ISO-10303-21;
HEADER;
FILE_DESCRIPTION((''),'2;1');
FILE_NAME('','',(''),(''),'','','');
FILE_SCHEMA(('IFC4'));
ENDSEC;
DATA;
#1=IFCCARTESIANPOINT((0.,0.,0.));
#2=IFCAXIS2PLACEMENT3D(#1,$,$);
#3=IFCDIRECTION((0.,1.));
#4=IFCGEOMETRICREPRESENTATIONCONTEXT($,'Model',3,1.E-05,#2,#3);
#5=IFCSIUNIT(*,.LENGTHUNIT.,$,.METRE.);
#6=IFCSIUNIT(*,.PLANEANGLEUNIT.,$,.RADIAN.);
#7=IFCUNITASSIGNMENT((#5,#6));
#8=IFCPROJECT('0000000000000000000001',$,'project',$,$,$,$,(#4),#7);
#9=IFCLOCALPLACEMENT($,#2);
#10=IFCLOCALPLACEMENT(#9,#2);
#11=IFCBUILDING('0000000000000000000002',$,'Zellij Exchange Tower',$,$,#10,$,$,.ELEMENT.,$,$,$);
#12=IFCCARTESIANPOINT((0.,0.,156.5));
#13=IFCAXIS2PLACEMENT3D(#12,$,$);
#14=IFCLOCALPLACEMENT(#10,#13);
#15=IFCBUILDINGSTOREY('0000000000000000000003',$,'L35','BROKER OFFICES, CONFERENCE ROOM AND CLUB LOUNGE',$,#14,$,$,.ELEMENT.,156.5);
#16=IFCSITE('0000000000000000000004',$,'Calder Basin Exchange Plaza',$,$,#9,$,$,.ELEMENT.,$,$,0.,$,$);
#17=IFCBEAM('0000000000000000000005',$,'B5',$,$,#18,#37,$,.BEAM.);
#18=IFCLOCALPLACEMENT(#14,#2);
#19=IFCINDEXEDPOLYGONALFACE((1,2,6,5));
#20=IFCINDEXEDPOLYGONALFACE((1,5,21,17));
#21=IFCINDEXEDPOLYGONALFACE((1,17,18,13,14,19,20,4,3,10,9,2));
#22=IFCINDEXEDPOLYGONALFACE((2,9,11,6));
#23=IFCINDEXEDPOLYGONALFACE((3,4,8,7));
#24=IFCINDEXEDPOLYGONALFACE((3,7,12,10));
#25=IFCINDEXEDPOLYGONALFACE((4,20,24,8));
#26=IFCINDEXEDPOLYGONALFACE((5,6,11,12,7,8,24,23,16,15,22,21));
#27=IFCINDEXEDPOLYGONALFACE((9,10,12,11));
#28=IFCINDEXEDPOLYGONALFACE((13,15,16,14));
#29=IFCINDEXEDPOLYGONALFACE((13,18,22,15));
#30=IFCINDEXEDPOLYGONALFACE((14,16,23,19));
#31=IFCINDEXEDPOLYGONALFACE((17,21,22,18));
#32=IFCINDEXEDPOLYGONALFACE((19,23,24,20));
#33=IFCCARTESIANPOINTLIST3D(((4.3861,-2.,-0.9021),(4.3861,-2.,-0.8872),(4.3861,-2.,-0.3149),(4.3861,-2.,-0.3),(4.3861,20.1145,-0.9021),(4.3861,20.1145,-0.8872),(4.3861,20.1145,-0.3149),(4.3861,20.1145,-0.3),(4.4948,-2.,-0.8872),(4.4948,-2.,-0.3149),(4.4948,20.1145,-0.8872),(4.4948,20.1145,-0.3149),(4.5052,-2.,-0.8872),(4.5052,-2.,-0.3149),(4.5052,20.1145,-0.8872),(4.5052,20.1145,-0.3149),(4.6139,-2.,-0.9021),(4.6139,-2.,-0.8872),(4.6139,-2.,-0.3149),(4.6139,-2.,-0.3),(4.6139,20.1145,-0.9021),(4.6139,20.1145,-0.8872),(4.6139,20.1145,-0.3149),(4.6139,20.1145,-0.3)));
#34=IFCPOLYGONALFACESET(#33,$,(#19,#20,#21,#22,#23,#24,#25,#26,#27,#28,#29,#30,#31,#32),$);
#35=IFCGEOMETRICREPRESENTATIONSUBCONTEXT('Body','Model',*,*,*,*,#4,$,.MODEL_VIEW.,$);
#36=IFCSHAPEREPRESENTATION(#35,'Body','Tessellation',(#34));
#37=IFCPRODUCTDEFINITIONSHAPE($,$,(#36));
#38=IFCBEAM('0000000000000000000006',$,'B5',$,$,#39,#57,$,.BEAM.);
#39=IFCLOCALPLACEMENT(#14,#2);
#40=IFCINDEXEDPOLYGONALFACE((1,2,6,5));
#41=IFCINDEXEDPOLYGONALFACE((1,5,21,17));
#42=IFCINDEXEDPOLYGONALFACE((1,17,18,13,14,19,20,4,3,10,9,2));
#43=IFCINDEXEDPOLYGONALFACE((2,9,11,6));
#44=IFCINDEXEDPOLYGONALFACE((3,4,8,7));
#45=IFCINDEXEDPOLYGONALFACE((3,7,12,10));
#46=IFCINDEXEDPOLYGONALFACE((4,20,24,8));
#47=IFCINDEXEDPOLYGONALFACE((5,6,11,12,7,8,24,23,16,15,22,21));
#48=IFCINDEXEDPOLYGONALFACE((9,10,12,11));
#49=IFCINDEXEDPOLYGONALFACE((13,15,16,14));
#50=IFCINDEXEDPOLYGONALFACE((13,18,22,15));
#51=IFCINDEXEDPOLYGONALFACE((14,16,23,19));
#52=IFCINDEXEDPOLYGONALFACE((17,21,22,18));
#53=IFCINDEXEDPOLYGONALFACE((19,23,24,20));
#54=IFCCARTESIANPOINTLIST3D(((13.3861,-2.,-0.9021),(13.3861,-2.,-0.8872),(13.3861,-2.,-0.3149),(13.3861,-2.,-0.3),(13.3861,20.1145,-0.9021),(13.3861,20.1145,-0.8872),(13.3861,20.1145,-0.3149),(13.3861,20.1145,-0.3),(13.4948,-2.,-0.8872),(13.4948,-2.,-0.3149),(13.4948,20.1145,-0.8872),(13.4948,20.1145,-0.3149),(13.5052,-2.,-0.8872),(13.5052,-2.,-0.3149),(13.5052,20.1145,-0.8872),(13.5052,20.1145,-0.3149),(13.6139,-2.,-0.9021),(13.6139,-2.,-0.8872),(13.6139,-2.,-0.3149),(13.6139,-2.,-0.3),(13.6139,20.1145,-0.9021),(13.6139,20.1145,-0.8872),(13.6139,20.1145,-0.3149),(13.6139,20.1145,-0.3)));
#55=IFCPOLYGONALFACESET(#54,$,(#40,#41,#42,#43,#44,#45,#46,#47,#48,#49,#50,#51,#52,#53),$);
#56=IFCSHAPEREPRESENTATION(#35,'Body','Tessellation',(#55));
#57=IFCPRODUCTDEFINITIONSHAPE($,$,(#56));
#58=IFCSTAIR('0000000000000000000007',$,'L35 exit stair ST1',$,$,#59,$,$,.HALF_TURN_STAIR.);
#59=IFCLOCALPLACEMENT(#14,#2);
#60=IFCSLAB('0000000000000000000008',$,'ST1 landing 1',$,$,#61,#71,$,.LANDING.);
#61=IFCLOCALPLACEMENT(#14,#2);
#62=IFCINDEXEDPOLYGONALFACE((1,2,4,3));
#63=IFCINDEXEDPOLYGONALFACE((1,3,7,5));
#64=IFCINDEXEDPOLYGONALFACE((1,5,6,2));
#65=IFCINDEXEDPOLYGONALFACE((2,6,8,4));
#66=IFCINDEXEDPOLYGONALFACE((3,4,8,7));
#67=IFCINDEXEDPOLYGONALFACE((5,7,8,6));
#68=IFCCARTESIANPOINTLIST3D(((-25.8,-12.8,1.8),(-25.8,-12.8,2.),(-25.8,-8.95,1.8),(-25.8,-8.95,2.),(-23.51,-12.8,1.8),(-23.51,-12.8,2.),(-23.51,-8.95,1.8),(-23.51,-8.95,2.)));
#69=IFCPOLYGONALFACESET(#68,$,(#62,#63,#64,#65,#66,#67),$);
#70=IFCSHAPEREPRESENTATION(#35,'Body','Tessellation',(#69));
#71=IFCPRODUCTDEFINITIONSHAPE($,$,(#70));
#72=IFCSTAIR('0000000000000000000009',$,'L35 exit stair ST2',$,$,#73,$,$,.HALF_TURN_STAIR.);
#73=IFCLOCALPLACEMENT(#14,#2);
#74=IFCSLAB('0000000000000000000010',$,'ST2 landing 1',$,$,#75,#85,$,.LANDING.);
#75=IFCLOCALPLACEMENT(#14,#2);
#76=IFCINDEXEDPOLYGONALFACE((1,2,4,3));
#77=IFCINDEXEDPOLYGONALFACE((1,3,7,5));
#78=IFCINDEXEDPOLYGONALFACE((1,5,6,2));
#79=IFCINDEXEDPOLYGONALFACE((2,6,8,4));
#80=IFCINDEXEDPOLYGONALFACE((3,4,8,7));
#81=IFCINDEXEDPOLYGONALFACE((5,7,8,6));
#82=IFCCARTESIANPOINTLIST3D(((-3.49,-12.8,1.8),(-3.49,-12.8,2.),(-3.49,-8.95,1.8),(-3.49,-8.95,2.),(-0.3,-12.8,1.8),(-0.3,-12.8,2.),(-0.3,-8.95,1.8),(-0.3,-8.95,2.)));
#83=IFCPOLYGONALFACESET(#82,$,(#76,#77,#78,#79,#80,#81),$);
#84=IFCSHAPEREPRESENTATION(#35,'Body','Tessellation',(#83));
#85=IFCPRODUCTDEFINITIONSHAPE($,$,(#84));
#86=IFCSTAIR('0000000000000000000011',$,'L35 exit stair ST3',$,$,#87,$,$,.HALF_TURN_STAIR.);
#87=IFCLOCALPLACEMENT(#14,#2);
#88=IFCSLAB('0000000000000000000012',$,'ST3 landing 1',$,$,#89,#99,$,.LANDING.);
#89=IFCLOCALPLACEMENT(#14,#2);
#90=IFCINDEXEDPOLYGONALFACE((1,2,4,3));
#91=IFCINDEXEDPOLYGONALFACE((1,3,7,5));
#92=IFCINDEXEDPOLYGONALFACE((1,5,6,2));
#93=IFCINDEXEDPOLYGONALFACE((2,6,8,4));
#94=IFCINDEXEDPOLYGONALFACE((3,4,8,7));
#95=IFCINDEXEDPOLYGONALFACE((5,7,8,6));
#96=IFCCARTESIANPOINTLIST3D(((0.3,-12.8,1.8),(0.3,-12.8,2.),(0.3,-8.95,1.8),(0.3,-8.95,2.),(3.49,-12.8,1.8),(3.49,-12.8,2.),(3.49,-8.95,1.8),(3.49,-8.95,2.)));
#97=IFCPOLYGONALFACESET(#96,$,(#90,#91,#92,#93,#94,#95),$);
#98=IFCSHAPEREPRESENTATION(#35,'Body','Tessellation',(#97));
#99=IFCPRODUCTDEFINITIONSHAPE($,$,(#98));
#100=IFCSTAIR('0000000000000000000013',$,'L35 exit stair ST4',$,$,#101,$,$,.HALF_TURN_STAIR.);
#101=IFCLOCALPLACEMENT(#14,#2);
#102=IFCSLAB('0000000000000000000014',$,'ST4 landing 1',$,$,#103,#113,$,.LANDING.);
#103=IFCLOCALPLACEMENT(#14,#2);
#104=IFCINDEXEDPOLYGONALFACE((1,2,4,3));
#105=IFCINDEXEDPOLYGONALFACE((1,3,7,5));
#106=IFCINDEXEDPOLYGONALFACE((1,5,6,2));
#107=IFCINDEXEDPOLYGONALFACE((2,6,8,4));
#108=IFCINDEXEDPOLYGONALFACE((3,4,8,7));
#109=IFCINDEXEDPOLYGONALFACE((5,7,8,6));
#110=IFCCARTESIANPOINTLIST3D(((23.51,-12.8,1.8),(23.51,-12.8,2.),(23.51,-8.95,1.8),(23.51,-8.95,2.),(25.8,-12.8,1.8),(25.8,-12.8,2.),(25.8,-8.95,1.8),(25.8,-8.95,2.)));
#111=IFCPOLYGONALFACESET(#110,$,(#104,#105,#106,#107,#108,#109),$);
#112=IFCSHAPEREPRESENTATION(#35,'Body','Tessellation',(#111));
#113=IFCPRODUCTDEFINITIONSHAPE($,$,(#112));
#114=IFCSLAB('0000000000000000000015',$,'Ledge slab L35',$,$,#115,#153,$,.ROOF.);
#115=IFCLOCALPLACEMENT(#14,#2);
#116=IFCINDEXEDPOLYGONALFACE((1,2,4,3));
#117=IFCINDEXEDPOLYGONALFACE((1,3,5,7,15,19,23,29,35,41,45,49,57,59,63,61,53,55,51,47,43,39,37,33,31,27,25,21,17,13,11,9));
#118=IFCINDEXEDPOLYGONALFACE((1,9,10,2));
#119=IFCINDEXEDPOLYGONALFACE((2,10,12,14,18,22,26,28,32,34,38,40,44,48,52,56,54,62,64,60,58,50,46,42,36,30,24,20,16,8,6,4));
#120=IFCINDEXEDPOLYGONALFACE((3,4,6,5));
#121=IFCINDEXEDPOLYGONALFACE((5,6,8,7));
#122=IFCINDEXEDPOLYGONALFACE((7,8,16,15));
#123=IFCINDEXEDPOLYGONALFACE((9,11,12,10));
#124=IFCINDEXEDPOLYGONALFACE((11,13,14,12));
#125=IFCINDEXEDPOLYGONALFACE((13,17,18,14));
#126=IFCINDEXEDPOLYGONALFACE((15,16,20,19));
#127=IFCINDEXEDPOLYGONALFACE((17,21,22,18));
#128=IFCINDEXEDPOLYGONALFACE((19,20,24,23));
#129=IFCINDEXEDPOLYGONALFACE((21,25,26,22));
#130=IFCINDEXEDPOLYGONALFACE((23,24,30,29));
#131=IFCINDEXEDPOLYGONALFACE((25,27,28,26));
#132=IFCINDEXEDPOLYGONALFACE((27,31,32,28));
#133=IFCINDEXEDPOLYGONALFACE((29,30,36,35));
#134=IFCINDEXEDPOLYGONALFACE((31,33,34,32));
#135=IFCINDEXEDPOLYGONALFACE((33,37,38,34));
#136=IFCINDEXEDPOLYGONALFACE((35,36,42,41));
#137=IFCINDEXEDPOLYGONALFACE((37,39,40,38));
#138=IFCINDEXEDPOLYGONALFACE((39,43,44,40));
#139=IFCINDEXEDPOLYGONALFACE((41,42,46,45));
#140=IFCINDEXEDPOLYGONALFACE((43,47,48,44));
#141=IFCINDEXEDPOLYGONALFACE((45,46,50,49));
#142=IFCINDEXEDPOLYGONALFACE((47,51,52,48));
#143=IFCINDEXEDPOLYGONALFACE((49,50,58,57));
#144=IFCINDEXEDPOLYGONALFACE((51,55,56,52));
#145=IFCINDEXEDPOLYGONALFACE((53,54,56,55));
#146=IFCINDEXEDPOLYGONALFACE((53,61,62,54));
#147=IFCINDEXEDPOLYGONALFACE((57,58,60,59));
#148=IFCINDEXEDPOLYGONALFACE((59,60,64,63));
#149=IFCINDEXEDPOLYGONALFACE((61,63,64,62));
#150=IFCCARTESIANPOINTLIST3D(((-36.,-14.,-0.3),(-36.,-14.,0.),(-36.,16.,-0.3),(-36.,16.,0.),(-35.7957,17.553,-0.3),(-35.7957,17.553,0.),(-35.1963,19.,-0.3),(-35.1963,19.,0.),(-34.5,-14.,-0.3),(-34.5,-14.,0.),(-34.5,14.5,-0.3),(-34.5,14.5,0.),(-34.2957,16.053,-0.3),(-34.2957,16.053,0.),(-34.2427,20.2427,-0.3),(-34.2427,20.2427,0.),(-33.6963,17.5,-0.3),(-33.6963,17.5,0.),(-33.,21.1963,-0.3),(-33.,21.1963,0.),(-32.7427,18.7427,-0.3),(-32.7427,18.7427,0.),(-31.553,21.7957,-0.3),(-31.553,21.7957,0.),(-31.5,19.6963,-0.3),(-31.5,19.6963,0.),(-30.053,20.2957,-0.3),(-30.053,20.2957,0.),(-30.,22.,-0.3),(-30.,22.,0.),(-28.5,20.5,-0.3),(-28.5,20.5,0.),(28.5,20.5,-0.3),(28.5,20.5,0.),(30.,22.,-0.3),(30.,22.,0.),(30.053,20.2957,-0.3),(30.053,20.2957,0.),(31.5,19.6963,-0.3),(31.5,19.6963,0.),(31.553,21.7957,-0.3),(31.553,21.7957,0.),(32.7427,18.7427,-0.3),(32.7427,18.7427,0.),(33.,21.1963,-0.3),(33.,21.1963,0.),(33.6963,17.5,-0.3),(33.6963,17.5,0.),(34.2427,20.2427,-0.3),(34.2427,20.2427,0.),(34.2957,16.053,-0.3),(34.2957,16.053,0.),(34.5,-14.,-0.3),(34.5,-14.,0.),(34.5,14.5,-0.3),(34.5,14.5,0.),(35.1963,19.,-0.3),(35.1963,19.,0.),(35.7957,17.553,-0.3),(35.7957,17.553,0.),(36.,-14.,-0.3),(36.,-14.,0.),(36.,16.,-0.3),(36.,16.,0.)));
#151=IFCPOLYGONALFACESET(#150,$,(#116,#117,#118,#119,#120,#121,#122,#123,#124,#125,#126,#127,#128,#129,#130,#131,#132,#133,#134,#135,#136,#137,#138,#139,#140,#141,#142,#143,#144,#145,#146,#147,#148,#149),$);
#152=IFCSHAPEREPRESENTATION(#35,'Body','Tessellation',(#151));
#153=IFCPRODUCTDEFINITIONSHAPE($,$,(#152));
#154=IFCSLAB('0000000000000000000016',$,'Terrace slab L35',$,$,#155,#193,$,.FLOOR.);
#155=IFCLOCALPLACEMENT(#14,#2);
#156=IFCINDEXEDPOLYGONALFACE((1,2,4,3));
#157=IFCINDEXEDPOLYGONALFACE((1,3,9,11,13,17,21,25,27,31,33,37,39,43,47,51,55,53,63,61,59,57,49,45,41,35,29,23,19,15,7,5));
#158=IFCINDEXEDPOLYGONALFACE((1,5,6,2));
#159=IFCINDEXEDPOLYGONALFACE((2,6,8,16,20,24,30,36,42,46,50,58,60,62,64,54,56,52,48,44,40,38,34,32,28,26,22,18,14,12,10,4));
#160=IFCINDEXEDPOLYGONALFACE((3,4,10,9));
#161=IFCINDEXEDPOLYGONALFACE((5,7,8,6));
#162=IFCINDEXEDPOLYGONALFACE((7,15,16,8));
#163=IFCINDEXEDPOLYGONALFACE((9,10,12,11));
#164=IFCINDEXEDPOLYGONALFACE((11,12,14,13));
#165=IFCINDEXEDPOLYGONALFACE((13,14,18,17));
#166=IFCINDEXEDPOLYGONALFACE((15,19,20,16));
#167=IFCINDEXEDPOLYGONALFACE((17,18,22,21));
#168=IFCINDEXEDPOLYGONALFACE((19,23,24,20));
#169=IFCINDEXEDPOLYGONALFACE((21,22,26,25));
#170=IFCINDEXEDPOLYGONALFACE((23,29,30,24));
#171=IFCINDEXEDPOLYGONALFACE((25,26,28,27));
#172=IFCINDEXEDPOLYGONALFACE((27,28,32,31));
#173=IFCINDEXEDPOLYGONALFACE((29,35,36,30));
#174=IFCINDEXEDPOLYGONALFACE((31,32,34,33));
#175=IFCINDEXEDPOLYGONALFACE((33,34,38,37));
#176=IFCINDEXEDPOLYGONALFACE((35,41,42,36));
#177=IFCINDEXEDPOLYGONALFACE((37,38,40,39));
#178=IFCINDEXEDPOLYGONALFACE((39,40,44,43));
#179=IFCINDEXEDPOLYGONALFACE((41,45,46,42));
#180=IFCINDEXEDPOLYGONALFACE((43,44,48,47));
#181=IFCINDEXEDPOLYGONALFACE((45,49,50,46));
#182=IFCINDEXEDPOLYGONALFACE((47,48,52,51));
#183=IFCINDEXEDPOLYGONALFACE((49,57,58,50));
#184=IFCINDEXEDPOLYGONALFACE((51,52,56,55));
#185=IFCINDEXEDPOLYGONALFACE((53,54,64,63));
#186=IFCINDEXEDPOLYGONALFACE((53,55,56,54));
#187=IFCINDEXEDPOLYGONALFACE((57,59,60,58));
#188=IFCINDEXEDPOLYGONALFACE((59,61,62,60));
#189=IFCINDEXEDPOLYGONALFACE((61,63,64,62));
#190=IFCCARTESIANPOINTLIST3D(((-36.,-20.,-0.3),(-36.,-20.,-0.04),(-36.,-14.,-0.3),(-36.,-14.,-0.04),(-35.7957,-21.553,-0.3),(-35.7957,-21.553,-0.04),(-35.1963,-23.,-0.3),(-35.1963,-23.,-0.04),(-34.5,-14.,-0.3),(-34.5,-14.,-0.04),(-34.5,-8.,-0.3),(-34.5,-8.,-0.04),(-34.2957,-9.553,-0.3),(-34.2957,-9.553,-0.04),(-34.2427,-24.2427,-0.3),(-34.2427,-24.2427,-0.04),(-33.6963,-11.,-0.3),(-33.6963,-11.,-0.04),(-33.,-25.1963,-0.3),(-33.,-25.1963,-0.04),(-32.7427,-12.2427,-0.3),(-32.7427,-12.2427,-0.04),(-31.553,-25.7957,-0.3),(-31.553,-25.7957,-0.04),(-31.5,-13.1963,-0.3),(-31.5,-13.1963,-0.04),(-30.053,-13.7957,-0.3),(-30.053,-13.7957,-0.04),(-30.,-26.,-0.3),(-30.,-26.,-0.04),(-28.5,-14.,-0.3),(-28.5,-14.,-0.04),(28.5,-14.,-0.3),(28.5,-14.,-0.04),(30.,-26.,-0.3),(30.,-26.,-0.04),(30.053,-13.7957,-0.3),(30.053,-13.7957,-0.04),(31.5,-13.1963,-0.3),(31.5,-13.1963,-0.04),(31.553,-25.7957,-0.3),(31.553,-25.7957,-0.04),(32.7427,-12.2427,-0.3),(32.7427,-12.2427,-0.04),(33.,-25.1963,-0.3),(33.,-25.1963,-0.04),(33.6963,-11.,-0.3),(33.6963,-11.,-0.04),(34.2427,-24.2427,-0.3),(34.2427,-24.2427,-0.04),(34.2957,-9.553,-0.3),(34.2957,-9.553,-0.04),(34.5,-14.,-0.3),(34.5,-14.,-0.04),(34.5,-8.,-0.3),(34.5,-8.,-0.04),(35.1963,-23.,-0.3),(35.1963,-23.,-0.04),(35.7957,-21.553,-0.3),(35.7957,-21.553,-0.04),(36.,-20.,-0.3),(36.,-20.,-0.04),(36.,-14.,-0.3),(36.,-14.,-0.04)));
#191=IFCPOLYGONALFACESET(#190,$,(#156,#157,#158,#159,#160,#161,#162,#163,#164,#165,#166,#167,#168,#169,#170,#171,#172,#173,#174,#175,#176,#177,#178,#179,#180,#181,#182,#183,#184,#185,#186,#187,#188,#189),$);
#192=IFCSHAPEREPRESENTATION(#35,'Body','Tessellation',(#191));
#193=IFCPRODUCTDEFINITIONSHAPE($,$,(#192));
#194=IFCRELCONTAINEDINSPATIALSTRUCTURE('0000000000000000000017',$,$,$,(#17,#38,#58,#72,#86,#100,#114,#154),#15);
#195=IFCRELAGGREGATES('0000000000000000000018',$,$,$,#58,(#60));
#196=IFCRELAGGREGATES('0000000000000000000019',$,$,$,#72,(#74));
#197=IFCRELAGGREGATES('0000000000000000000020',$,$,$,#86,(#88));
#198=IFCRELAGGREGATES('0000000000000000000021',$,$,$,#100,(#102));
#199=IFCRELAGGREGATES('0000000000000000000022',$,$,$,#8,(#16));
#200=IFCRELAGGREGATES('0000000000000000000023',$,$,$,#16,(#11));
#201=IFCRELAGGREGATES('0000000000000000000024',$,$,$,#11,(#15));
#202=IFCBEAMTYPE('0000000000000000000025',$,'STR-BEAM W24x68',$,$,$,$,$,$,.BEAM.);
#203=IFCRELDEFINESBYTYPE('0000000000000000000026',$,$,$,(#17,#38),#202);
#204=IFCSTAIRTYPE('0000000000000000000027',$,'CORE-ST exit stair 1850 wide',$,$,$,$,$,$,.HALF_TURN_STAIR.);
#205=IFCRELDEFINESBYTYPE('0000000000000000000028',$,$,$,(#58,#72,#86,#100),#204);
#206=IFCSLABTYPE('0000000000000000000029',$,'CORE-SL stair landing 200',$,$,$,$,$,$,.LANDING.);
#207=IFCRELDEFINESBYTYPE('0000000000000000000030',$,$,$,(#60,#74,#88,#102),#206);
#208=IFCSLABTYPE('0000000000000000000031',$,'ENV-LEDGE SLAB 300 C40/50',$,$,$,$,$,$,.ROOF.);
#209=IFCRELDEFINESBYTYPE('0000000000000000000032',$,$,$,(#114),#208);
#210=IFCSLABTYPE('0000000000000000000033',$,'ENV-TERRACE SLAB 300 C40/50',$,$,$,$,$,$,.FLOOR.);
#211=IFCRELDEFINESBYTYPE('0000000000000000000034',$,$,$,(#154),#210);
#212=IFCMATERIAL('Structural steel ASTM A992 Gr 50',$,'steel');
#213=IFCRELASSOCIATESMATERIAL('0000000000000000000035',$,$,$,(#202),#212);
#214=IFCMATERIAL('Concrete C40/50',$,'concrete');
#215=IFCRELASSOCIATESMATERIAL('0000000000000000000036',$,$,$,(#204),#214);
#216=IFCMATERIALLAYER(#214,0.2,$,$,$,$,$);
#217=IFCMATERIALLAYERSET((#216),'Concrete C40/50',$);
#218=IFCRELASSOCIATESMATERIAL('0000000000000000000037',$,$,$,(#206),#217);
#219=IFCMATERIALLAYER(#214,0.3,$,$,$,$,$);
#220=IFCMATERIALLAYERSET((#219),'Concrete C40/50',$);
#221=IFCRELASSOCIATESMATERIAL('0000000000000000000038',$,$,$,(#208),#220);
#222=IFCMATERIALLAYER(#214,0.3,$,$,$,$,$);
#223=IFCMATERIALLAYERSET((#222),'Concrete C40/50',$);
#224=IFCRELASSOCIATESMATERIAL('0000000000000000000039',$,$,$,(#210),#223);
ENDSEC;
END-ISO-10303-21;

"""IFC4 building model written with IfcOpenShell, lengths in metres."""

from ifc_helpers import new_model, si_unit, direction, frame, origin, origin_2d, place, context, subcontext, project, spatial, polyline, i_section, outline, extrude, material, layer, layer_set, material_profile, profile_set, type_object, element, aggregate, save


model = new_model("IFC4")

# Units and contexts
model_context = context("Model", 3, precision=1e-05, world=origin(), true_north=direction((0.0, 1.0)))
body_context = subcontext(model_context, "Body", "Model", "MODEL_VIEW")
ifc_project = project(units=[si_unit("LENGTHUNIT", "METRE"), si_unit("PLANEANGLEUNIT", "RADIAN")], contexts=[model_context])

# Site, building, storey
site_placement = place(None, origin())
site = spatial("IfcSite", under=ifc_project, at=site_placement, Name="Calder Basin Exchange Plaza", CompositionType="ELEMENT", RefElevation=0.0)
building_placement = place(site_placement, origin())
building = spatial("IfcBuilding", under=site, at=building_placement, Name="Zellij Exchange Tower", CompositionType="ELEMENT")
storey_placement = place(building_placement, frame((0.0, 0.0, 156.5)))
storey = spatial("IfcBuildingStorey", under=building, at=storey_placement, Name="L35", Description="BROKER OFFICES, CONFERENCE ROOM AND CLUB LOUNGE", CompositionType="ELEMENT", Elevation=156.5)

# Beams
ifc_material_1 = material(Name="Structural steel ASTM A992 Gr 50", Category="steel")
ifc_material_profile = material_profile(ifc_material_1, i_section(OverallWidth=0.2278, OverallDepth=0.6021, WebThickness=0.0105, FlangeThickness=0.0149, at=origin_2d()), Name="W24x68")
ifc_profile_set = profile_set([ifc_material_profile], Name="Structural steel ASTM A992 Gr 50")
beam_type = type_object("IfcBeamType", Name="STR-BEAM W24x68", PredefinedType="BEAM", material=ifc_profile_set)
for number, where, z_axis, x_axis, name in (
    (1, (4.5, -2.0, -0.6011), (0.0, 1.0, 0.0), (-1.0, 0.0, 0.0), "B5"),
    (2, (13.5, -2.0, -0.6011), (0.0, 1.0, 0.0), (-1.0, 0.0, 0.0), "B5"),
):
    element("IfcBeam", number, at=place(storey_placement, frame(where, z_axis=z_axis, x_axis=x_axis)), inside=storey, type_object=beam_type, Name=name, PredefinedType="BEAM", context=body_context, shape_type="SweptSolid", body=[
        extrude(i_section(OverallWidth=0.2278, OverallDepth=0.6021, WebThickness=0.0105, FlangeThickness=0.0149, at=origin_2d()), origin(), (0.0, 0.0, 1.0), 22.1145),
    ])

# Stairs, slabs
ifc_material_2 = material(Name="Concrete C40/50", Category="concrete")
stair_type = type_object("IfcStairType", Name="CORE-ST exit stair 1850 wide", PredefinedType="HALF_TURN_STAIR", material=ifc_material_2)
stair_1_placement = place(storey_placement, origin())
stair_1 = element("IfcStair", 3, at=stair_1_placement, inside=storey, type_object=stair_type, Name="L35 exit stair ST1", PredefinedType="HALF_TURN_STAIR")
ifc_layer_1 = layer(ifc_material_2, 0.2)
ifc_layer_set_1 = layer_set([ifc_layer_1], Name="Concrete C40/50")
slab_type_1 = type_object("IfcSlabType", Name="CORE-SL stair landing 200", PredefinedType="LANDING", material=ifc_layer_set_1)
slab_1_placement = place(storey_placement, frame((0.0, 0.0, 1.8)))
slab_1 = element("IfcSlab", 4, at=slab_1_placement, type_object=slab_type_1, Name="ST1 landing 1", PredefinedType="LANDING", context=body_context, shape_type="SweptSolid", body=[
    extrude(outline(polyline([(-23.51, -8.95), (-25.8, -8.95), (-25.8, -12.8), (-23.51, -12.8), (-23.51, -8.95)])), origin(), (0.0, 0.0, 1.0), 0.2),
])
aggregate(stair_1, [slab_1])
stair_2_placement = place(storey_placement, origin())
stair_2 = element("IfcStair", 5, at=stair_2_placement, inside=storey, type_object=stair_type, Name="L35 exit stair ST2", PredefinedType="HALF_TURN_STAIR")
slab_2_placement = place(storey_placement, frame((0.0, 0.0, 1.8)))
slab_2 = element("IfcSlab", 6, at=slab_2_placement, type_object=slab_type_1, Name="ST2 landing 1", PredefinedType="LANDING", context=body_context, shape_type="SweptSolid", body=[
    extrude(outline(polyline([(-3.49, -12.8), (-0.3, -12.8), (-0.3, -8.95), (-3.49, -8.95), (-3.49, -12.8)])), origin(), (0.0, 0.0, 1.0), 0.2),
])
aggregate(stair_2, [slab_2])
stair_3_placement = place(storey_placement, origin())
stair_3 = element("IfcStair", 7, at=stair_3_placement, inside=storey, type_object=stair_type, Name="L35 exit stair ST3", PredefinedType="HALF_TURN_STAIR")
slab_3_placement = place(storey_placement, frame((0.0, 0.0, 1.8)))
slab_3 = element("IfcSlab", 8, at=slab_3_placement, type_object=slab_type_1, Name="ST3 landing 1", PredefinedType="LANDING", context=body_context, shape_type="SweptSolid", body=[
    extrude(outline(polyline([(3.49, -8.95), (0.3, -8.95), (0.3, -12.8), (3.49, -12.8), (3.49, -8.95)])), origin(), (0.0, 0.0, 1.0), 0.2),
])
aggregate(stair_3, [slab_3])
stair_4_placement = place(storey_placement, origin())
stair_4 = element("IfcStair", 9, at=stair_4_placement, inside=storey, type_object=stair_type, Name="L35 exit stair ST4", PredefinedType="HALF_TURN_STAIR")
slab_4_placement = place(storey_placement, frame((0.0, 0.0, 1.8)))
slab_4 = element("IfcSlab", 10, at=slab_4_placement, type_object=slab_type_1, Name="ST4 landing 1", PredefinedType="LANDING", context=body_context, shape_type="SweptSolid", body=[
    extrude(outline(polyline([(23.51, -12.8), (25.8, -12.8), (25.8, -8.95), (23.51, -8.95), (23.51, -12.8)])), origin(), (0.0, 0.0, 1.0), 0.2),
])
aggregate(stair_4, [slab_4])

# Slabs
ifc_layer_2 = layer(ifc_material_2, 0.3)
ifc_layer_set_2 = layer_set([ifc_layer_2], Name="Concrete C40/50")
slab_type_2 = type_object("IfcSlabType", Name="ENV-LEDGE SLAB 300 C40/50", PredefinedType="ROOF", material=ifc_layer_set_2)
slab_5_placement = place(storey_placement, frame((0.0, 0.0, -0.3)))
element("IfcSlab", 11, at=slab_5_placement, inside=storey, type_object=slab_type_2, Name="Ledge slab L35", PredefinedType="ROOF", context=body_context, shape_type="SweptSolid", body=[
    extrude(outline(polyline([(-35.7957, 17.553), (-36.0, 16.0), (-36.0, -14.0), (-34.5, -14.0), (-34.5, 14.5), (-34.2957, 16.053), (-33.6963, 17.5), (-32.7427, 18.7427), (-31.5, 19.6963), (-30.053, 20.2957), (-28.5, 20.5), (28.5, 20.5), (30.053, 20.2957), (31.5, 19.6963), (32.7427, 18.7427), (33.6963, 17.5), (34.2957, 16.053), (34.5, 14.5), (34.5, -14.0), (36.0, -14.0), (36.0, 16.0), (35.7957, 17.553), (35.1963, 19.0), (34.2427, 20.2427), (33.0, 21.1963), (31.553, 21.7957), (30.0, 22.0), (-30.0, 22.0), (-31.553, 21.7957), (-33.0, 21.1963), (-34.2427, 20.2427), (-35.1963, 19.0), (-35.7957, 17.553)])), origin(), (0.0, 0.0, 1.0), 0.3),
])
ifc_layer_3 = layer(ifc_material_2, 0.3)
ifc_layer_set_3 = layer_set([ifc_layer_3], Name="Concrete C40/50")
slab_type_3 = type_object("IfcSlabType", Name="ENV-TERRACE SLAB 300 C40/50", PredefinedType="FLOOR", material=ifc_layer_set_3)
slab_6_placement = place(storey_placement, frame((0.0, 0.0, -0.3)))
element("IfcSlab", 12, at=slab_6_placement, inside=storey, type_object=slab_type_3, Name="Terrace slab L35", PredefinedType="FLOOR", context=body_context, shape_type="SweptSolid", body=[
    extrude(outline(polyline([(-34.2427, -24.2427), (-33.0, -25.1963), (-31.553, -25.7957), (-30.0, -26.0), (30.0, -26.0), (31.553, -25.7957), (33.0, -25.1963), (34.2427, -24.2427), (35.1963, -23.0), (35.7957, -21.553), (36.0, -20.0), (36.0, -14.0), (34.5, -14.0), (34.5, -8.0), (34.2957, -9.553), (33.6963, -11.0), (32.7427, -12.2427), (31.5, -13.1963), (30.053, -13.7957), (28.5, -14.0), (-28.5, -14.0), (-30.053, -13.7957), (-31.5, -13.1963), (-32.7427, -12.2427), (-33.6963, -11.0), (-34.2957, -9.553), (-34.5, -8.0), (-34.5, -14.0), (-36.0, -14.0), (-36.0, -20.0), (-35.7957, -21.553), (-35.1963, -23.0), (-34.2427, -24.2427)])), origin(), (0.0, 0.0, 1.0), 0.26),
])

save(model, "model.ifc")
